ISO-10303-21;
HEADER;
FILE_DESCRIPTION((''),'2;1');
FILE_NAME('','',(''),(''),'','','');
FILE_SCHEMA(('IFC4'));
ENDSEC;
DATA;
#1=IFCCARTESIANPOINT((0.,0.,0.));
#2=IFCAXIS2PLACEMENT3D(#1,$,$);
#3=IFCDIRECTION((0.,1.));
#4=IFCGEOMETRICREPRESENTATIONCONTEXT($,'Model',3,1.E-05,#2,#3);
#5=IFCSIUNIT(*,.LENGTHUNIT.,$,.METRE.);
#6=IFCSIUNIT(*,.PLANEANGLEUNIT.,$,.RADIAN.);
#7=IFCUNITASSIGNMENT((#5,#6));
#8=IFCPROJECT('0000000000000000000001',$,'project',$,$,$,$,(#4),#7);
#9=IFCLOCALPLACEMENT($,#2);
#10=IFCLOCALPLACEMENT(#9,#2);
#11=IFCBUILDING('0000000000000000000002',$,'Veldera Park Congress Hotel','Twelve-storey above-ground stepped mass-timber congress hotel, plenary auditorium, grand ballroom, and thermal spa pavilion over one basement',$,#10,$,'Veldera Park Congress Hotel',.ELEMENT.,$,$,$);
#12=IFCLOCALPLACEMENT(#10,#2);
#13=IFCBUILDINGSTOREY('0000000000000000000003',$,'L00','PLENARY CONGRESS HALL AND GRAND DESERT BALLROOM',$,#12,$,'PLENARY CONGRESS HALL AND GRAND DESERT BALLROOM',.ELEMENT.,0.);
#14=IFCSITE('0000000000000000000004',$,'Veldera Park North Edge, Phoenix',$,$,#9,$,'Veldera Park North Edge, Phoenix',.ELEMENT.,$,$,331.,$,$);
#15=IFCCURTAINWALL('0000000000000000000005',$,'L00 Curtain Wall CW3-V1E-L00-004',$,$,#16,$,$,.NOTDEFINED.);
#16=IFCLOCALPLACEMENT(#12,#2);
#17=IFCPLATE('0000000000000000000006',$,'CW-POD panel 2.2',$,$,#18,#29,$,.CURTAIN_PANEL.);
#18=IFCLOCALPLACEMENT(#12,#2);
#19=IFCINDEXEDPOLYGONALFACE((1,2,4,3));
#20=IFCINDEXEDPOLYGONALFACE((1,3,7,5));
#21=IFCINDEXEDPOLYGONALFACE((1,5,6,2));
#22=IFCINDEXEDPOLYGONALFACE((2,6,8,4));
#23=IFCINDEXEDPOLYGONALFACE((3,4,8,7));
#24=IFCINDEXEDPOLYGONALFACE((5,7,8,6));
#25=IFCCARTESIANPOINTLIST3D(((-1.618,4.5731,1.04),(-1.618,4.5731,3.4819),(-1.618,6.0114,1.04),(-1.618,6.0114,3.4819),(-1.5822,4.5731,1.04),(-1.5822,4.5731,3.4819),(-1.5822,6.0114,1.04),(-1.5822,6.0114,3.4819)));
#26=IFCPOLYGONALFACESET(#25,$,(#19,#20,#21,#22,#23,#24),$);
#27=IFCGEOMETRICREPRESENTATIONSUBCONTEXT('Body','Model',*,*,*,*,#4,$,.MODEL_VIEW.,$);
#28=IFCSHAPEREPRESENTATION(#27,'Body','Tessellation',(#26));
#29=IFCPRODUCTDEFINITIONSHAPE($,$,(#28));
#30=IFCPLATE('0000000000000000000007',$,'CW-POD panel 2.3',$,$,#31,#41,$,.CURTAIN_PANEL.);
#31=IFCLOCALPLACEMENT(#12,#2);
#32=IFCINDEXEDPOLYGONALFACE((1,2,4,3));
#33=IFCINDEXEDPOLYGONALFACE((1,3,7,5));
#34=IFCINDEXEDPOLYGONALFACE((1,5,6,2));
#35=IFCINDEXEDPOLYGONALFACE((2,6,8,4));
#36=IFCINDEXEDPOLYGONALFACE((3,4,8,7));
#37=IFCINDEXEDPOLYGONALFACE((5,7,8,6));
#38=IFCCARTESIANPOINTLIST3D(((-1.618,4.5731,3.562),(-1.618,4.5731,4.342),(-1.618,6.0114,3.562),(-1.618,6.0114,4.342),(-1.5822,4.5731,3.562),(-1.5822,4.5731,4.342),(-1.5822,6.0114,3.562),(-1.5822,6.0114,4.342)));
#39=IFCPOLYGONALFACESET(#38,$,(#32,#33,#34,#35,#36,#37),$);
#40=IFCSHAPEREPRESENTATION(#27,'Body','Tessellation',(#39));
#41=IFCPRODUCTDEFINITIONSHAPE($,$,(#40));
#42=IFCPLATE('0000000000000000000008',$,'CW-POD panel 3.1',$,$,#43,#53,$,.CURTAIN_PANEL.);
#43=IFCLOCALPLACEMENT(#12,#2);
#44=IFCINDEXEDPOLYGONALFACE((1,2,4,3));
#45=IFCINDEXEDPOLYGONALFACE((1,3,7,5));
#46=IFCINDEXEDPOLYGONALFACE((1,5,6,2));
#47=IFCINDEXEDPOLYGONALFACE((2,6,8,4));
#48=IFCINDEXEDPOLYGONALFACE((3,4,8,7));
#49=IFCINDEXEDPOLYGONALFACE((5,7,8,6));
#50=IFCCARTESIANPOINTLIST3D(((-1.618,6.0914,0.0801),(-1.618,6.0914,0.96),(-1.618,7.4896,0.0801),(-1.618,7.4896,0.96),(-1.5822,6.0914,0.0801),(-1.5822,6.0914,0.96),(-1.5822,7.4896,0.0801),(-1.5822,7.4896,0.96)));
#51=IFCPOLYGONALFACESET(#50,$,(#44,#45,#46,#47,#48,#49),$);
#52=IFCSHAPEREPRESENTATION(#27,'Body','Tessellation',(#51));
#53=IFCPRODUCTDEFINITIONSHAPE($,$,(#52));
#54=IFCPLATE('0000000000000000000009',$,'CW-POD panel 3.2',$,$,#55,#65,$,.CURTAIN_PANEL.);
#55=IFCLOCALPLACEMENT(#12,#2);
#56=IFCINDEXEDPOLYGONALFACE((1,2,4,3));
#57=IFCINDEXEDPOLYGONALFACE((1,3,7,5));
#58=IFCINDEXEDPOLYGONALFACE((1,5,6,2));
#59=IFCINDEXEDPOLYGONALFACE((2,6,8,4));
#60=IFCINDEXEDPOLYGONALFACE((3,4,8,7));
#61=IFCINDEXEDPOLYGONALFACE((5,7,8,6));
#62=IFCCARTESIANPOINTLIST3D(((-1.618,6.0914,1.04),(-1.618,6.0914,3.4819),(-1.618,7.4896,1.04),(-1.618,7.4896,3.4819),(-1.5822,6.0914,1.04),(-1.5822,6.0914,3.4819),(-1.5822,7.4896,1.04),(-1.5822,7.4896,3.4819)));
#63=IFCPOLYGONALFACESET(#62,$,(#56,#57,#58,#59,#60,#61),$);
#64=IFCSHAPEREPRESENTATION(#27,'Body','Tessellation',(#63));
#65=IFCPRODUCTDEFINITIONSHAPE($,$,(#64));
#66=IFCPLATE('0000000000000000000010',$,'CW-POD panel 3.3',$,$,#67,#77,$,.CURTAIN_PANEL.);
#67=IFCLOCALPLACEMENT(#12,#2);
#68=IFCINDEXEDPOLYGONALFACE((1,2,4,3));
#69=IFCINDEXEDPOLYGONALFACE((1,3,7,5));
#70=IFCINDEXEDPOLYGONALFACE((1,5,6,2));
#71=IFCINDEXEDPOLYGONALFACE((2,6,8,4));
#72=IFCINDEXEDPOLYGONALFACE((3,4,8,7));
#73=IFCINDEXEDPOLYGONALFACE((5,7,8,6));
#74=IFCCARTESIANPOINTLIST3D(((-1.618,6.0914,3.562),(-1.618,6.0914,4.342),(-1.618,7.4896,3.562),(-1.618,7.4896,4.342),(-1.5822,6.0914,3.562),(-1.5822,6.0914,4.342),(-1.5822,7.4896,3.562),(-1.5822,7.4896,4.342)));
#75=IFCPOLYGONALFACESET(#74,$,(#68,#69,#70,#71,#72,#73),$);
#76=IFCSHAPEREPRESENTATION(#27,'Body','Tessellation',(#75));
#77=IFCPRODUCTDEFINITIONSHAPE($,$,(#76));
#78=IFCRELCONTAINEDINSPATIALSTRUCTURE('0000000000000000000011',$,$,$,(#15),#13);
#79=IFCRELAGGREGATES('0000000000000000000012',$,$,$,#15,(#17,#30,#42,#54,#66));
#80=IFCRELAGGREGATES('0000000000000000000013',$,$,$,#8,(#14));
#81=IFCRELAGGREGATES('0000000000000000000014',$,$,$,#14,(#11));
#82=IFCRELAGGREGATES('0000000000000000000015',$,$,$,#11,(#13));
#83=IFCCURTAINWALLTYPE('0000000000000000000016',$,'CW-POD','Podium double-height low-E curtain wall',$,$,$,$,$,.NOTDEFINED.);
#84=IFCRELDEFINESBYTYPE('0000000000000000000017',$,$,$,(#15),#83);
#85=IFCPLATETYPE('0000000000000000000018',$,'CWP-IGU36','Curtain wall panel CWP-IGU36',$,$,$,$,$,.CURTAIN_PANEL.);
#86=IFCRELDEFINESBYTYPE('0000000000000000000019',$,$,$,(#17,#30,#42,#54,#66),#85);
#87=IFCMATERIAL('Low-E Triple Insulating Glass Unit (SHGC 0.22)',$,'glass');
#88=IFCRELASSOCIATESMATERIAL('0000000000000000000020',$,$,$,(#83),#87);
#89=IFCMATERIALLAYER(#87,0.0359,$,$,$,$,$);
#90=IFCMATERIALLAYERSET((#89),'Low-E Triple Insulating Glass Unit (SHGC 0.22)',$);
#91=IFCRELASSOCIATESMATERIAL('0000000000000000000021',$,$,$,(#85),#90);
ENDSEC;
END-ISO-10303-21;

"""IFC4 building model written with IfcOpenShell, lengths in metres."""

from ifc_helpers import new_model, si_unit, direction, frame, origin, origin_2d, place, context, subcontext, project, spatial, rectangle, extrude, material, layer, layer_set, type_object, element, aggregate, save


model = new_model("IFC4")

# Units and contexts
model_context = context("Model", 3, precision=1e-05, world=origin(), true_north=direction((0.0, 1.0)))
body_context = subcontext(model_context, "Body", "Model", "MODEL_VIEW")
ifc_project = project(units=[si_unit("LENGTHUNIT", "METRE"), si_unit("PLANEANGLEUNIT", "RADIAN")], contexts=[model_context])

# Site, building, storey
site_placement = place(None, origin())
site = spatial("IfcSite", under=ifc_project, at=site_placement, Name="Veldera Park North Edge, Phoenix", LongName="Veldera Park North Edge, Phoenix", CompositionType="ELEMENT", RefElevation=331.0)
building_placement = place(site_placement, origin())
building = spatial("IfcBuilding", under=site, at=building_placement, Name="Veldera Park Congress Hotel", Description="Twelve-storey above-ground stepped mass-timber congress hotel, plenary auditorium, grand ballroom, and thermal spa pavilion over one basement", LongName="Veldera Park Congress Hotel", CompositionType="ELEMENT")
storey_placement = place(building_placement, origin())
storey = spatial("IfcBuildingStorey", under=building, at=storey_placement, Name="L00", Description="PLENARY CONGRESS HALL AND GRAND DESERT BALLROOM", LongName="PLENARY CONGRESS HALL AND GRAND DESERT BALLROOM", CompositionType="ELEMENT", Elevation=0.0)

# Curtain wall, plates
ifc_material_1 = material(Name="Low-E Triple Insulating Glass Unit (SHGC 0.22)", Category="glass")
curtain_wall_type = type_object("IfcCurtainWallType", Name="CW-POD", Description="Podium double-height low-E curtain wall", PredefinedType="NOTDEFINED", material=ifc_material_1)
curtain_wall_placement = place(storey_placement, origin())
curtain_wall = element("IfcCurtainWall", 1, at=curtain_wall_placement, inside=storey, type_object=curtain_wall_type, Name="L00 Curtain Wall CW3-V1E-L00-004", PredefinedType="NOTDEFINED")
ifc_layer_1 = layer(ifc_material_1, 0.0359)
ifc_layer_set_1 = layer_set([ifc_layer_1], Name="Low-E Triple Insulating Glass Unit (SHGC 0.22)")
plate_type = type_object("IfcPlateType", Name="CWP-IGU36", Description="Curtain wall panel CWP-IGU36", PredefinedType="CURTAIN_PANEL", material=ifc_layer_set_1)
plate_1_placement = place(storey_placement, frame((-1.6001, 5.2922, 1.04), z_axis=(0.0, 0.0, 1.0), x_axis=(0.0, 1.0, 0.0)))
plate_1 = element("IfcPlate", 2, at=plate_1_placement, type_object=plate_type, Name="CW-POD panel 2.2", PredefinedType="CURTAIN_PANEL", context=body_context, shape_type="SweptSolid", body=[
    extrude(rectangle(XDim=1.4382, YDim=0.0359, at=origin_2d()), origin(), (0.0, 0.0, 1.0), 2.4419),
])
plate_2_placement = place(storey_placement, frame((-1.6001, 5.2922, 3.562), z_axis=(0.0, 0.0, 1.0), x_axis=(0.0, 1.0, 0.0)))
plate_2 = element("IfcPlate", 3, at=plate_2_placement, type_object=plate_type, Name="CW-POD panel 2.3", PredefinedType="CURTAIN_PANEL", context=body_context, shape_type="SweptSolid", body=[
    extrude(rectangle(XDim=1.4382, YDim=0.0359, at=origin_2d()), origin(), (0.0, 0.0, 1.0), 0.78),
])
plate_3_placement = place(storey_placement, frame((-1.6001, 6.7905, 0.0801), z_axis=(0.0, 0.0, 1.0), x_axis=(0.0, 1.0, 0.0)))
plate_3 = element("IfcPlate", 4, at=plate_3_placement, type_object=plate_type, Name="CW-POD panel 3.1", PredefinedType="CURTAIN_PANEL", context=body_context, shape_type="SweptSolid", body=[
    extrude(rectangle(XDim=1.3982, YDim=0.0359, at=origin_2d()), origin(), (0.0, 0.0, 1.0), 0.8799),
])
plate_4_placement = place(storey_placement, frame((-1.6001, 6.7905, 1.04), z_axis=(0.0, 0.0, 1.0), x_axis=(0.0, 1.0, 0.0)))
plate_4 = element("IfcPlate", 5, at=plate_4_placement, type_object=plate_type, Name="CW-POD panel 3.2", PredefinedType="CURTAIN_PANEL", context=body_context, shape_type="SweptSolid", body=[
    extrude(rectangle(XDim=1.3982, YDim=0.0359, at=origin_2d()), origin(), (0.0, 0.0, 1.0), 2.4419),
])
plate_5_placement = place(storey_placement, frame((-1.6001, 6.7905, 3.562), z_axis=(0.0, 0.0, 1.0), x_axis=(0.0, 1.0, 0.0)))
plate_5 = element("IfcPlate", 6, at=plate_5_placement, type_object=plate_type, Name="CW-POD panel 3.3", PredefinedType="CURTAIN_PANEL", context=body_context, shape_type="SweptSolid", body=[
    extrude(rectangle(XDim=1.3982, YDim=0.0359, at=origin_2d()), origin(), (0.0, 0.0, 1.0), 0.78),
])
aggregate(curtain_wall, [plate_1, plate_2, plate_3, plate_4, plate_5])

save(model, "model.ifc")
